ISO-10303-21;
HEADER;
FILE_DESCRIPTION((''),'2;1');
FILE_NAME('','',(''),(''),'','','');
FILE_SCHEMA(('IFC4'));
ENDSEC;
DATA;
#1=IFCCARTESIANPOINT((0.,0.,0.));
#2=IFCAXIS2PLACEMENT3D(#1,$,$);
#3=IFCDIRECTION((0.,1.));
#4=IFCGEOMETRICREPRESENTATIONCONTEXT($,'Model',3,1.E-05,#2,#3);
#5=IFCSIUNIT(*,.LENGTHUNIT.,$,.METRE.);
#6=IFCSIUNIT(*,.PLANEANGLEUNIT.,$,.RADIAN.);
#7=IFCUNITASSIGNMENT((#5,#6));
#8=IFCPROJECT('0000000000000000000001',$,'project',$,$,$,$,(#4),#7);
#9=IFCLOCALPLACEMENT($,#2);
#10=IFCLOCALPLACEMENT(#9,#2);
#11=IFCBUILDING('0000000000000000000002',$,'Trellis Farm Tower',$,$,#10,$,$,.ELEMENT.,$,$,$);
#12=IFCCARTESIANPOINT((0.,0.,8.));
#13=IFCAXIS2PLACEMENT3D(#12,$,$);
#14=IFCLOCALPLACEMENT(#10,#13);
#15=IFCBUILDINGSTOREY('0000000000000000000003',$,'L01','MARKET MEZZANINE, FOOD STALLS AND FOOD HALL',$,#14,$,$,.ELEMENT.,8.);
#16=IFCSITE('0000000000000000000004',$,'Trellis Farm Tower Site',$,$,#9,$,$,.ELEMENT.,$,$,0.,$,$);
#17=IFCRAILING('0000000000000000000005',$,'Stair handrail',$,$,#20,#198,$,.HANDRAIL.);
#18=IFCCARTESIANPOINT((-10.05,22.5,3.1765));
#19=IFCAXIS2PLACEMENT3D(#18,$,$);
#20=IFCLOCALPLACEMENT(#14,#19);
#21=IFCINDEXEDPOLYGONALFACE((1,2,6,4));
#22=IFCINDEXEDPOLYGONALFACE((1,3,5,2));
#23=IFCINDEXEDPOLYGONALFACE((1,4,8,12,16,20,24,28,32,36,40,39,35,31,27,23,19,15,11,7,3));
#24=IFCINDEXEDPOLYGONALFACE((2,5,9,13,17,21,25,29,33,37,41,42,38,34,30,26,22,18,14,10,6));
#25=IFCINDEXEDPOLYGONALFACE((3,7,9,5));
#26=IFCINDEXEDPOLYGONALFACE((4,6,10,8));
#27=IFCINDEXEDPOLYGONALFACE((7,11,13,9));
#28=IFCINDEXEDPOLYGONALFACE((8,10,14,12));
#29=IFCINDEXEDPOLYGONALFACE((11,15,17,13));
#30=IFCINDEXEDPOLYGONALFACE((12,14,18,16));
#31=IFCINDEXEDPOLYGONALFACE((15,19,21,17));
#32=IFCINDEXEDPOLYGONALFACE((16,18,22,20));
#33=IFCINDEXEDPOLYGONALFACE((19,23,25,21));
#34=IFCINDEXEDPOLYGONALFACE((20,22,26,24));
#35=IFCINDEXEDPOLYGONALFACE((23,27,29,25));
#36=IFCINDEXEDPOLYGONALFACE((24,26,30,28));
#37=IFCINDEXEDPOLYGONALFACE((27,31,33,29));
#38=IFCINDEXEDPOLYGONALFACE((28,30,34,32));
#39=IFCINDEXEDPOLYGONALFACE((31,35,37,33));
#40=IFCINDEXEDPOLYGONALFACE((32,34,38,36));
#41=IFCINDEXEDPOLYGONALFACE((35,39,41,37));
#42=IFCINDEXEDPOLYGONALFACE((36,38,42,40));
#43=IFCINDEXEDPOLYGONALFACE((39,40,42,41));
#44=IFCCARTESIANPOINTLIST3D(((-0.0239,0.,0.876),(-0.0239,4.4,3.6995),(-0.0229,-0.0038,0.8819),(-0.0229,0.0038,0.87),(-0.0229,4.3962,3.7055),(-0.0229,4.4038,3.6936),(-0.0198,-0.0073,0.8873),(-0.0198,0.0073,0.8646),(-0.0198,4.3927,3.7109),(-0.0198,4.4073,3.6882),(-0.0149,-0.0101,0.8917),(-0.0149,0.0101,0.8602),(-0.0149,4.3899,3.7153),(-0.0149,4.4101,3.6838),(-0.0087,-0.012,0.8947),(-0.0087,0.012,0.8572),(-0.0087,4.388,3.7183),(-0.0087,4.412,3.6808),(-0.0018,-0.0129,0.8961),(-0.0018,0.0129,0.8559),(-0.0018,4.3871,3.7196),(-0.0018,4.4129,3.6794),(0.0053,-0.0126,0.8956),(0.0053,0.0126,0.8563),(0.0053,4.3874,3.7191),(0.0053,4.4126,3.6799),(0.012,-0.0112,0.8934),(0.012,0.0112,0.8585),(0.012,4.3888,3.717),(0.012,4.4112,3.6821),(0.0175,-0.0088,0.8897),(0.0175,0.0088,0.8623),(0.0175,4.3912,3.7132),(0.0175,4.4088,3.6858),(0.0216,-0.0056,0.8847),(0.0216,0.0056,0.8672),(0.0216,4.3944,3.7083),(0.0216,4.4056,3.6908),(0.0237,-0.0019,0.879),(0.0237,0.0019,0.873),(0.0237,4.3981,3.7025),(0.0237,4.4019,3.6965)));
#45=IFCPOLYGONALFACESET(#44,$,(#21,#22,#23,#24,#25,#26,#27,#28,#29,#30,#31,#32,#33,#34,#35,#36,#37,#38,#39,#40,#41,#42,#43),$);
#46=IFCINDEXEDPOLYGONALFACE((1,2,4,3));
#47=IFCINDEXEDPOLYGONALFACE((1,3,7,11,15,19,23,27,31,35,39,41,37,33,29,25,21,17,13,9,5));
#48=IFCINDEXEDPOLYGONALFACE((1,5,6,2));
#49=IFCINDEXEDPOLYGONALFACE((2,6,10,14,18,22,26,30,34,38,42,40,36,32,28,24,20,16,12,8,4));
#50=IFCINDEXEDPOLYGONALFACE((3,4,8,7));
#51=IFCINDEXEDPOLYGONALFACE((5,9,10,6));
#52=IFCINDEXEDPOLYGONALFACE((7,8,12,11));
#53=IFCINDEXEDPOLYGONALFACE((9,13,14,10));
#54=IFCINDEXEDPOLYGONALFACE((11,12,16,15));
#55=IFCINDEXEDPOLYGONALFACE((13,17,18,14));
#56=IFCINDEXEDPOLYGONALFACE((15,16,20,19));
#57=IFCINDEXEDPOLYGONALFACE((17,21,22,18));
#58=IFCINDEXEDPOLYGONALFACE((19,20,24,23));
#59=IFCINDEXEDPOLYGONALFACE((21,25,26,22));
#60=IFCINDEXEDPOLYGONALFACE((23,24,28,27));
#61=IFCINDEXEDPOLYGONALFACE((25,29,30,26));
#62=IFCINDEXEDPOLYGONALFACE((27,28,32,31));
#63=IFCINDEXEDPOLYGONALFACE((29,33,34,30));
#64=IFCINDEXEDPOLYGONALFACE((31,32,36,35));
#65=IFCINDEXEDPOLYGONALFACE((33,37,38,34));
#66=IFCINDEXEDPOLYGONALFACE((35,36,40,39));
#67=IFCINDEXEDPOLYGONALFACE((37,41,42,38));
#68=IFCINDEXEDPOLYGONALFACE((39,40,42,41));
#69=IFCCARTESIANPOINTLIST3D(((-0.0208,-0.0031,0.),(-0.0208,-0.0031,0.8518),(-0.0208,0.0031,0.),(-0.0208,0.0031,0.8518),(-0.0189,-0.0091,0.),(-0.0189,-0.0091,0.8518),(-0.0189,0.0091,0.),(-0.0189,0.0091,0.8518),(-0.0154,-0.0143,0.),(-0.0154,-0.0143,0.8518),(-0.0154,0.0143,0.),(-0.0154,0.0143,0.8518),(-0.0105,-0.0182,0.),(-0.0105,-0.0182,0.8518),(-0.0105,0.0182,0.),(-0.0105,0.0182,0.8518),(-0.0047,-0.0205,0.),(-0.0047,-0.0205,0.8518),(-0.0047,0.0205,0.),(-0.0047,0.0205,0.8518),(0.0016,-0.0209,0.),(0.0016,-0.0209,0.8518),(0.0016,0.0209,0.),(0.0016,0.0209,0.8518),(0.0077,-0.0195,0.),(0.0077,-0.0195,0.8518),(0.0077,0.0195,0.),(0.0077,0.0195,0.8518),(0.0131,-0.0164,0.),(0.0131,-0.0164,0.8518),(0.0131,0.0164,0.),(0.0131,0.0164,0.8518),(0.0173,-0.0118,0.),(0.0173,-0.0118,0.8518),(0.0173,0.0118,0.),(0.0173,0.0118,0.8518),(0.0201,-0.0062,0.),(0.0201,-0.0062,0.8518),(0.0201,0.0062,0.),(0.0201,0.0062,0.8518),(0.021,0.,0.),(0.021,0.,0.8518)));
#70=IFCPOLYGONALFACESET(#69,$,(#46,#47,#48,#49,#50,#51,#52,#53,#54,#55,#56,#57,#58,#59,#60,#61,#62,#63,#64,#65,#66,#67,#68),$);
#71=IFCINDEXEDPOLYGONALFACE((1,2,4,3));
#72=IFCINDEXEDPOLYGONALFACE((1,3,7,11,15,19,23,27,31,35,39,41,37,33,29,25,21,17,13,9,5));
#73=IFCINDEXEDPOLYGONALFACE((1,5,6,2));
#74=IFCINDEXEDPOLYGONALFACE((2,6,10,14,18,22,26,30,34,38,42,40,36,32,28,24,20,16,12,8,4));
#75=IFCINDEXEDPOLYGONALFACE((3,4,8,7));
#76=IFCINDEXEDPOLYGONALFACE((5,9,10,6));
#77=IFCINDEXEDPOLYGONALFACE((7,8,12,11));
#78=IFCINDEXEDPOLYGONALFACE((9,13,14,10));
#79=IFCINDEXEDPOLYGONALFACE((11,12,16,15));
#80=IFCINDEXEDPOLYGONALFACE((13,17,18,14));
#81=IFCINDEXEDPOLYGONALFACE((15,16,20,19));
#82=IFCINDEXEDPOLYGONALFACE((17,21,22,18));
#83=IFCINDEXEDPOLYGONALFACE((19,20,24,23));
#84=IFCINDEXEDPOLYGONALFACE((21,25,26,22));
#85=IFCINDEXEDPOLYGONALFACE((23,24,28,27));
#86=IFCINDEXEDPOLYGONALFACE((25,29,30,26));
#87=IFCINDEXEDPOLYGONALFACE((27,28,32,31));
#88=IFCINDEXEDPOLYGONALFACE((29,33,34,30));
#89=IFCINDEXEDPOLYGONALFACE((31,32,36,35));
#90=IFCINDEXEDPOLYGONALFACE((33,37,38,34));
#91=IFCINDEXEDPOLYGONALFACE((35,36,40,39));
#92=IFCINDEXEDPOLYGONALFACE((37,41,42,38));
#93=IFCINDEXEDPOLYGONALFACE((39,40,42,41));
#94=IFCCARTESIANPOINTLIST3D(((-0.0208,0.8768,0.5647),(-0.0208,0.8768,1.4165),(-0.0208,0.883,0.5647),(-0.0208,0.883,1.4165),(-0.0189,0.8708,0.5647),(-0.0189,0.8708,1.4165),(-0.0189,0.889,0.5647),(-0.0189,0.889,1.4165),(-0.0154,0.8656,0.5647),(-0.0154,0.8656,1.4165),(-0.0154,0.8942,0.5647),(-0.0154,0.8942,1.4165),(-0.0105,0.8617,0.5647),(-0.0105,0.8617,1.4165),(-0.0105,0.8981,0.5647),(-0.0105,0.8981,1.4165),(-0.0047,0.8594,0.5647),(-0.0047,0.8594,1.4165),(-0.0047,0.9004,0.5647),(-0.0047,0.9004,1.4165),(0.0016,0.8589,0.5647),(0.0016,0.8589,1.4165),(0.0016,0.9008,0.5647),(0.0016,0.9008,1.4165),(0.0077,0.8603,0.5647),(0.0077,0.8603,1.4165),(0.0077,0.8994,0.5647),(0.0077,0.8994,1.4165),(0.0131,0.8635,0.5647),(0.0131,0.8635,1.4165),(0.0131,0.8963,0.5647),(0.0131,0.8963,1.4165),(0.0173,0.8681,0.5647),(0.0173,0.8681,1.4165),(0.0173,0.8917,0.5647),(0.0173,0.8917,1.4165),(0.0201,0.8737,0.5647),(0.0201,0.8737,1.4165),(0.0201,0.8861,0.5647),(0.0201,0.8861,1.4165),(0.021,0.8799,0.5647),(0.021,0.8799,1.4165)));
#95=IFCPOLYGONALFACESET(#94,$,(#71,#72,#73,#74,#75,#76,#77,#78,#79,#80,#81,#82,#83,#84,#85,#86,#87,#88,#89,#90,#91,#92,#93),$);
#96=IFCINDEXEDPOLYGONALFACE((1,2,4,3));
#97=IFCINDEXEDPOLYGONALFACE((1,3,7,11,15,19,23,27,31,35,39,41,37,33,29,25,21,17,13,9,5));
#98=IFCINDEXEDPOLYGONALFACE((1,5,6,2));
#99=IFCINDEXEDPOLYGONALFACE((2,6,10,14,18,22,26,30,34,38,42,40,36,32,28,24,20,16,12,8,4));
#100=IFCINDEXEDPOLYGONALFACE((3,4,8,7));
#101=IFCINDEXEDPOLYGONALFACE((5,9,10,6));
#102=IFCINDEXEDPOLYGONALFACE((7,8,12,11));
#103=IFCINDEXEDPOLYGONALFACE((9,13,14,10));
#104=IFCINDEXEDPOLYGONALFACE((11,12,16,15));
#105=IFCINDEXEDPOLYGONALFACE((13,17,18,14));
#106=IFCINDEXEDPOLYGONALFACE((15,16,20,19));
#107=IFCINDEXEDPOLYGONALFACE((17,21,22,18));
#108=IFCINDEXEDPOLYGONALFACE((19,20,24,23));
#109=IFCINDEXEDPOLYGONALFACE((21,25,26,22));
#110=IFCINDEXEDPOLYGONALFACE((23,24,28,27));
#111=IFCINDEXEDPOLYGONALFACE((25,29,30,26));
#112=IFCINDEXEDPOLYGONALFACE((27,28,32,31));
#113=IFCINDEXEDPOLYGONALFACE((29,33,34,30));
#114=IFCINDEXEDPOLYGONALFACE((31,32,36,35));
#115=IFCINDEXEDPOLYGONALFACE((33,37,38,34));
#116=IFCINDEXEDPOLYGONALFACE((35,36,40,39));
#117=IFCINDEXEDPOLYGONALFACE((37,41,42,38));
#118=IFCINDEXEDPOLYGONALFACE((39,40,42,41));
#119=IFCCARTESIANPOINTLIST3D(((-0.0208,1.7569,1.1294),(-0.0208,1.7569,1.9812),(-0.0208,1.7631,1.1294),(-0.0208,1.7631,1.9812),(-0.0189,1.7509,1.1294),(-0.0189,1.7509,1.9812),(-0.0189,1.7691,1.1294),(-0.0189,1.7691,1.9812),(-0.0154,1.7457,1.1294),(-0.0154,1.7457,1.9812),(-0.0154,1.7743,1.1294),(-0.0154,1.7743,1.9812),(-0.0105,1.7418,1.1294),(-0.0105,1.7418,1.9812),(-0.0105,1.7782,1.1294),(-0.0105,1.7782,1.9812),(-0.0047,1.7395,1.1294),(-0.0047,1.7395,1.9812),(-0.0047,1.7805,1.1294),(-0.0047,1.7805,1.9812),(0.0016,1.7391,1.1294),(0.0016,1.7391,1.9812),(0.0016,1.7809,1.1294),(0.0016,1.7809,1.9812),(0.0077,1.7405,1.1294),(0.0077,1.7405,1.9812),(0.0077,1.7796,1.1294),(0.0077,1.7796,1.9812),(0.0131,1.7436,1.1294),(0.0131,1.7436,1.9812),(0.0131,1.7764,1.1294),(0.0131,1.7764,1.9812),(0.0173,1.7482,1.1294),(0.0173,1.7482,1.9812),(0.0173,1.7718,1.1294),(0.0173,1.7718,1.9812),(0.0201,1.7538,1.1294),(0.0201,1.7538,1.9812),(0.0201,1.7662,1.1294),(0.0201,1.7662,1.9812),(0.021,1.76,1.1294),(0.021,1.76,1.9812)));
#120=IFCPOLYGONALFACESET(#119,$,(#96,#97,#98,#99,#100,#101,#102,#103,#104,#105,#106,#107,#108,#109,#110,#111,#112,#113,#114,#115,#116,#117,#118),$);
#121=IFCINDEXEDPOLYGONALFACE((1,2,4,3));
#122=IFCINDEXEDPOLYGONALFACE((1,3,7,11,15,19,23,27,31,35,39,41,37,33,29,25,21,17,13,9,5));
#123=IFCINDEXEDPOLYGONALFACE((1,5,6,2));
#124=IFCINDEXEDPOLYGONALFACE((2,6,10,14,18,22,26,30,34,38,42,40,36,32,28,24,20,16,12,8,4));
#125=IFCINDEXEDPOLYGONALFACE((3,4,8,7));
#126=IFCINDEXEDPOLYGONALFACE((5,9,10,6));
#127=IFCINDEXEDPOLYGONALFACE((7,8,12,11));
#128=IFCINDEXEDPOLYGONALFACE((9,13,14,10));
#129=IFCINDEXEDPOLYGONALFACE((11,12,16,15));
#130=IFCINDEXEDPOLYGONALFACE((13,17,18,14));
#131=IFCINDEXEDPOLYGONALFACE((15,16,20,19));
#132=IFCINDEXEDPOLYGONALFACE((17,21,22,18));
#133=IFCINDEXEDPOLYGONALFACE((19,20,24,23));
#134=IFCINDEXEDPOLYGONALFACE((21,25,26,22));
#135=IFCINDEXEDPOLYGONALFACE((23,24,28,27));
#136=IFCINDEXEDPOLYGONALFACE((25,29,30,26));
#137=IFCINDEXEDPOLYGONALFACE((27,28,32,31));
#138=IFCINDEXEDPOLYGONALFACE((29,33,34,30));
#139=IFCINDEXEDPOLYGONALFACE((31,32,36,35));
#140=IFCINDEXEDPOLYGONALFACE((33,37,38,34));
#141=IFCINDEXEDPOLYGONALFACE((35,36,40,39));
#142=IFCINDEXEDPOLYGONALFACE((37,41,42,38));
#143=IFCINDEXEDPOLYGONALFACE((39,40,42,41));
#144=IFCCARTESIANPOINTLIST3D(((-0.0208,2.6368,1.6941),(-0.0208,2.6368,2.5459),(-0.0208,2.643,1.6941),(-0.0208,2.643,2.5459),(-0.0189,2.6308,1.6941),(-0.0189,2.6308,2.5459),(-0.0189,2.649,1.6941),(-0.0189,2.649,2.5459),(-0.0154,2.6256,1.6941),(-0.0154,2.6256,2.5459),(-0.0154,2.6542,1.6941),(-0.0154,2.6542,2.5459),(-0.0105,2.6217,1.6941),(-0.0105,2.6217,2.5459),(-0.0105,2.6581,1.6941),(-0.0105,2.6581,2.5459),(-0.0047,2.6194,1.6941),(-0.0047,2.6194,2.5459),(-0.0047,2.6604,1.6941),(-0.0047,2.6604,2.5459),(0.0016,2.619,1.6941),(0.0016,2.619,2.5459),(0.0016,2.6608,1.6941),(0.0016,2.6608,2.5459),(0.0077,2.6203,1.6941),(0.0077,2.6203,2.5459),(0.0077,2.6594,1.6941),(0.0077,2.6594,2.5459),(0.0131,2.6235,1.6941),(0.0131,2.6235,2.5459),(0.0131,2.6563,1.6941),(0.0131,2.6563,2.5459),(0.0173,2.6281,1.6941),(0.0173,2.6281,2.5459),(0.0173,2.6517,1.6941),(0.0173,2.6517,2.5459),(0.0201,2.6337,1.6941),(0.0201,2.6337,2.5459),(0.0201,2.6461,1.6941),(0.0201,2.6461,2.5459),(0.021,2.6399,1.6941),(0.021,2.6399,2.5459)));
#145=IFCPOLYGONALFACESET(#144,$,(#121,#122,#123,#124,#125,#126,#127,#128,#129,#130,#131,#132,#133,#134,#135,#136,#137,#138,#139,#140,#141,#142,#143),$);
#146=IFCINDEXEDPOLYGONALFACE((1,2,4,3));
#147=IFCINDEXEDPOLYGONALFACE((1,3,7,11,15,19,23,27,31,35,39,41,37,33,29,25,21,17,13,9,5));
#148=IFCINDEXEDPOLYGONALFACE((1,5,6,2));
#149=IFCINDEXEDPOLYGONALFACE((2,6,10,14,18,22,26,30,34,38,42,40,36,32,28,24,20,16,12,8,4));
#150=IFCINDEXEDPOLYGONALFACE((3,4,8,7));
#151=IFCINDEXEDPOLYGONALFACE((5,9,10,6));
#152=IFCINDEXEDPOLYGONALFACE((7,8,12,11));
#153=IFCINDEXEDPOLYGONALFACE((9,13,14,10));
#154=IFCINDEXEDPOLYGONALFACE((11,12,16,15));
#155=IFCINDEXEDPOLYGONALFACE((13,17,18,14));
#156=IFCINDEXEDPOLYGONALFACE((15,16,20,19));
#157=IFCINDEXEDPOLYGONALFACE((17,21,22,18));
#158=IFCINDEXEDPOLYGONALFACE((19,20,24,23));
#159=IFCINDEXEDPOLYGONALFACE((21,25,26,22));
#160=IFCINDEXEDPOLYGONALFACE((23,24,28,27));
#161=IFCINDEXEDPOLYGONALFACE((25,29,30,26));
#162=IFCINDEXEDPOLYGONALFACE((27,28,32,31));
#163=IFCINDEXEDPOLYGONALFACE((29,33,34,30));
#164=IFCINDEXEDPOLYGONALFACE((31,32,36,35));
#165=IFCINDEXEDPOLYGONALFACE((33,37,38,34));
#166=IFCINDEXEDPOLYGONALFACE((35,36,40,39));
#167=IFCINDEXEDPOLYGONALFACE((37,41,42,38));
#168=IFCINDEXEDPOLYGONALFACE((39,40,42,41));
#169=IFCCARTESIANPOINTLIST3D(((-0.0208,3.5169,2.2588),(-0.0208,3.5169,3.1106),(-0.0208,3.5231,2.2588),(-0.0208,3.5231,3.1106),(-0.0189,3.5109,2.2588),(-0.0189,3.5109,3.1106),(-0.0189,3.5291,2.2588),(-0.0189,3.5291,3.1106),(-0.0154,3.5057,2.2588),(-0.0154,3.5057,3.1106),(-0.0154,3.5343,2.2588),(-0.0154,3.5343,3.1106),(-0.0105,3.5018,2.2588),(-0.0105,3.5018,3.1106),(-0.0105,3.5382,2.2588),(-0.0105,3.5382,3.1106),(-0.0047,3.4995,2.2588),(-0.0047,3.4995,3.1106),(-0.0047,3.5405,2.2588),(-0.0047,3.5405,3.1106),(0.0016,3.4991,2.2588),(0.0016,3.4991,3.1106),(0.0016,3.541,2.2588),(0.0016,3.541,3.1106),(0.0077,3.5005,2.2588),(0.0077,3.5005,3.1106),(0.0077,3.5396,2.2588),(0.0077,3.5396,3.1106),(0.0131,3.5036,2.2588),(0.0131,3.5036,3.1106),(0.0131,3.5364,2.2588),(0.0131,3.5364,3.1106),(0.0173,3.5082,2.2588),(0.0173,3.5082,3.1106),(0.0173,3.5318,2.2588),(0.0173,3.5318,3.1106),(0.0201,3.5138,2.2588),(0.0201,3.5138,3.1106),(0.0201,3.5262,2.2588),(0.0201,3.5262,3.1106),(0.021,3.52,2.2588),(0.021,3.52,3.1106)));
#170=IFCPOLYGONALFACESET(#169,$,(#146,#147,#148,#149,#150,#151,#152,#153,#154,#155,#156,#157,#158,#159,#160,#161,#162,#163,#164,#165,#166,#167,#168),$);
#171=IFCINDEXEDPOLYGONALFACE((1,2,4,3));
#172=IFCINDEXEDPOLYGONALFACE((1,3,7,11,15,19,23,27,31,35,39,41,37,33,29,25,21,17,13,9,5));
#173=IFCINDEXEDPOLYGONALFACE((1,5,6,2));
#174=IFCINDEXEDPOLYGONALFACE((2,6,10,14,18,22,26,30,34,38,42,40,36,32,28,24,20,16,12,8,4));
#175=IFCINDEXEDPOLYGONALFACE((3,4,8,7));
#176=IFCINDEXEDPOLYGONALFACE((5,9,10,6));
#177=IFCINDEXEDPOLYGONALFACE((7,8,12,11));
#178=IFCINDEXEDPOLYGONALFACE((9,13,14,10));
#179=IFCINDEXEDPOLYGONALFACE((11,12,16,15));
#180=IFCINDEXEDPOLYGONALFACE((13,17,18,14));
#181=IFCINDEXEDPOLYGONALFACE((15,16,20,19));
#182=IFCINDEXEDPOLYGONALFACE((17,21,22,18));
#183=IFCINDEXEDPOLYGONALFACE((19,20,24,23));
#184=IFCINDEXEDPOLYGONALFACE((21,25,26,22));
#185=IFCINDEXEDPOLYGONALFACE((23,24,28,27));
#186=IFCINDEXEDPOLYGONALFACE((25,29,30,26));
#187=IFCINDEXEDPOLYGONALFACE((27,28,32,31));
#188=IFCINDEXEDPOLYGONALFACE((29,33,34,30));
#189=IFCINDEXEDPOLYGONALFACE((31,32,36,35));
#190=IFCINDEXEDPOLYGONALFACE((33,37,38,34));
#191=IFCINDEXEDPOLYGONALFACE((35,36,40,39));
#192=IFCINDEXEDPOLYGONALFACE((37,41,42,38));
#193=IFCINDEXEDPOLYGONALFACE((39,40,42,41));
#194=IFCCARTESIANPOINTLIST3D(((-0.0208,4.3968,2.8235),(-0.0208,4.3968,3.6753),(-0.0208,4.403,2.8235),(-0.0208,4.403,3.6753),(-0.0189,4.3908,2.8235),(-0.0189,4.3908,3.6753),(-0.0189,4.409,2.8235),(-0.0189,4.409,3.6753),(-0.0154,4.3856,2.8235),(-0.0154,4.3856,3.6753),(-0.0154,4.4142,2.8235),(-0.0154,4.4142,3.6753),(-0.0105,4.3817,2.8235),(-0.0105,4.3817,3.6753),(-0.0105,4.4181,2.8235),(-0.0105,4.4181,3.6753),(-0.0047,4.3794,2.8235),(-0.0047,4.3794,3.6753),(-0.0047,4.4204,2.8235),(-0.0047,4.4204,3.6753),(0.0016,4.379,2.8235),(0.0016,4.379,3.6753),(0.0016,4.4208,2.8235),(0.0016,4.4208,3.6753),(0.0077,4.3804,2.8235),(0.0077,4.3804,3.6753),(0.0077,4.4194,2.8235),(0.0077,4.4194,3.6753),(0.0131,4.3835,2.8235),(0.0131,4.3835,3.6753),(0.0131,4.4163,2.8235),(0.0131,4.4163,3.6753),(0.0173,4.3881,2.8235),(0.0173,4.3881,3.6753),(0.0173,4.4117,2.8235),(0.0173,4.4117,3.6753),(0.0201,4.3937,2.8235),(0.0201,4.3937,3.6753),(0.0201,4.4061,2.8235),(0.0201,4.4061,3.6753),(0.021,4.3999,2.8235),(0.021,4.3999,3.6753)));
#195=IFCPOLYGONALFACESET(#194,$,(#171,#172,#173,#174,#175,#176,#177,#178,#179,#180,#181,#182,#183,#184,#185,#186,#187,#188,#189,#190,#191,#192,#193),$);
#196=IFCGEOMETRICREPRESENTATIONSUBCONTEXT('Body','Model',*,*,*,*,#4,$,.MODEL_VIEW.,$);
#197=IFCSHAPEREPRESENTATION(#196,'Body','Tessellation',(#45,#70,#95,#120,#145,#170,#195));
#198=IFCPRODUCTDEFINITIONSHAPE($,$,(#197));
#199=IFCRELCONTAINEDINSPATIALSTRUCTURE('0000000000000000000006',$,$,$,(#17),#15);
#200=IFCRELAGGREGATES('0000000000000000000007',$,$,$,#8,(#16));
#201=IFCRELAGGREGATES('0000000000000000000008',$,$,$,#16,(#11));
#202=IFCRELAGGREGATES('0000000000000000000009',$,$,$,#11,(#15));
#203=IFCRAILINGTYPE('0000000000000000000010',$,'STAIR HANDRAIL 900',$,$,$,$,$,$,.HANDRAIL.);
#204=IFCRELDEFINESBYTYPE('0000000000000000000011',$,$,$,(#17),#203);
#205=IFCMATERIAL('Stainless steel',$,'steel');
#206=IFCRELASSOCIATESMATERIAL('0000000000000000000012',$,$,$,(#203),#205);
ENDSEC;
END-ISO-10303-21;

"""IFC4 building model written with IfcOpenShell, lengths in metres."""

from ifc_helpers import new_model, si_unit, direction, frame, origin, origin_2d, place, context, subcontext, project, spatial, circle, extrude, source, transform, mapped, material, type_object, element, save


model = new_model("IFC4")

# Units and contexts
model_context = context("Model", 3, precision=1e-05, world=origin(), true_north=direction((0.0, 1.0)))
body_context = subcontext(model_context, "Body", "Model", "MODEL_VIEW")
ifc_project = project(units=[si_unit("LENGTHUNIT", "METRE"), si_unit("PLANEANGLEUNIT", "RADIAN")], contexts=[model_context])

# Site, building, storey
site_placement = place(None, origin())
site = spatial("IfcSite", under=ifc_project, at=site_placement, Name="Trellis Farm Tower Site", CompositionType="ELEMENT", RefElevation=0.0)
building_placement = place(site_placement, origin())
building = spatial("IfcBuilding", under=site, at=building_placement, Name="Trellis Farm Tower", CompositionType="ELEMENT")
storey_placement = place(building_placement, frame((0.0, 0.0, 8.0)))
storey = spatial("IfcBuildingStorey", under=building, at=storey_placement, Name="L01", Description="MARKET MEZZANINE, FOOD STALLS AND FOOD HALL", CompositionType="ELEMENT", Elevation=8.0)

# Railing
ifc_material_1 = material(Name="Stainless steel", Category="steel")
railing_type = type_object("IfcRailingType", Name="STAIR HANDRAIL 900", PredefinedType="HANDRAIL", material=ifc_material_1)
shared_shape_1 = source(origin(), body_context, "Body", "SweptSolid", [
    extrude(circle(Radius=0.0239, at=origin_2d()), frame((0.0, 0.0, 0.876), z_axis=(0.0, 0.841615, 0.540078), x_axis=(-1.0, 0.0, 0.0)), (0.0, 0.0, 1.0), 5.228),
    extrude(circle(Radius=0.021, at=origin_2d()), origin(), (0.0, 0.0, 1.0), 0.8518),
    extrude(circle(Radius=0.021, at=origin_2d()), frame((0.0, 0.8799, 0.5647)), (0.0, 0.0, 1.0), 0.8518),
    extrude(circle(Radius=0.021, at=origin_2d()), frame((0.0, 1.76, 1.1294)), (0.0, 0.0, 1.0), 0.8518),
    extrude(circle(Radius=0.021, at=origin_2d()), frame((0.0, 2.6399, 1.6941)), (0.0, 0.0, 1.0), 0.8518),
    extrude(circle(Radius=0.021, at=origin_2d()), frame((0.0, 3.52, 2.2588)), (0.0, 0.0, 1.0), 0.8518),
    extrude(circle(Radius=0.021, at=origin_2d()), frame((0.0, 4.3999, 2.8235)), (0.0, 0.0, 1.0), 0.8518),
])
for number, where, name in (
    (1, (-10.05, 22.5, 3.1765), "Stair handrail"),
):
    element("IfcRailing", number, at=place(storey_placement, frame(where)), inside=storey, type_object=railing_type, Name=name, PredefinedType="HANDRAIL", context=body_context, shape_type="MappedRepresentation", body=[
        mapped(shared_shape_1, transform((0.0, 0.0, 0.0))),
    ])

save(model, "model.ifc")
